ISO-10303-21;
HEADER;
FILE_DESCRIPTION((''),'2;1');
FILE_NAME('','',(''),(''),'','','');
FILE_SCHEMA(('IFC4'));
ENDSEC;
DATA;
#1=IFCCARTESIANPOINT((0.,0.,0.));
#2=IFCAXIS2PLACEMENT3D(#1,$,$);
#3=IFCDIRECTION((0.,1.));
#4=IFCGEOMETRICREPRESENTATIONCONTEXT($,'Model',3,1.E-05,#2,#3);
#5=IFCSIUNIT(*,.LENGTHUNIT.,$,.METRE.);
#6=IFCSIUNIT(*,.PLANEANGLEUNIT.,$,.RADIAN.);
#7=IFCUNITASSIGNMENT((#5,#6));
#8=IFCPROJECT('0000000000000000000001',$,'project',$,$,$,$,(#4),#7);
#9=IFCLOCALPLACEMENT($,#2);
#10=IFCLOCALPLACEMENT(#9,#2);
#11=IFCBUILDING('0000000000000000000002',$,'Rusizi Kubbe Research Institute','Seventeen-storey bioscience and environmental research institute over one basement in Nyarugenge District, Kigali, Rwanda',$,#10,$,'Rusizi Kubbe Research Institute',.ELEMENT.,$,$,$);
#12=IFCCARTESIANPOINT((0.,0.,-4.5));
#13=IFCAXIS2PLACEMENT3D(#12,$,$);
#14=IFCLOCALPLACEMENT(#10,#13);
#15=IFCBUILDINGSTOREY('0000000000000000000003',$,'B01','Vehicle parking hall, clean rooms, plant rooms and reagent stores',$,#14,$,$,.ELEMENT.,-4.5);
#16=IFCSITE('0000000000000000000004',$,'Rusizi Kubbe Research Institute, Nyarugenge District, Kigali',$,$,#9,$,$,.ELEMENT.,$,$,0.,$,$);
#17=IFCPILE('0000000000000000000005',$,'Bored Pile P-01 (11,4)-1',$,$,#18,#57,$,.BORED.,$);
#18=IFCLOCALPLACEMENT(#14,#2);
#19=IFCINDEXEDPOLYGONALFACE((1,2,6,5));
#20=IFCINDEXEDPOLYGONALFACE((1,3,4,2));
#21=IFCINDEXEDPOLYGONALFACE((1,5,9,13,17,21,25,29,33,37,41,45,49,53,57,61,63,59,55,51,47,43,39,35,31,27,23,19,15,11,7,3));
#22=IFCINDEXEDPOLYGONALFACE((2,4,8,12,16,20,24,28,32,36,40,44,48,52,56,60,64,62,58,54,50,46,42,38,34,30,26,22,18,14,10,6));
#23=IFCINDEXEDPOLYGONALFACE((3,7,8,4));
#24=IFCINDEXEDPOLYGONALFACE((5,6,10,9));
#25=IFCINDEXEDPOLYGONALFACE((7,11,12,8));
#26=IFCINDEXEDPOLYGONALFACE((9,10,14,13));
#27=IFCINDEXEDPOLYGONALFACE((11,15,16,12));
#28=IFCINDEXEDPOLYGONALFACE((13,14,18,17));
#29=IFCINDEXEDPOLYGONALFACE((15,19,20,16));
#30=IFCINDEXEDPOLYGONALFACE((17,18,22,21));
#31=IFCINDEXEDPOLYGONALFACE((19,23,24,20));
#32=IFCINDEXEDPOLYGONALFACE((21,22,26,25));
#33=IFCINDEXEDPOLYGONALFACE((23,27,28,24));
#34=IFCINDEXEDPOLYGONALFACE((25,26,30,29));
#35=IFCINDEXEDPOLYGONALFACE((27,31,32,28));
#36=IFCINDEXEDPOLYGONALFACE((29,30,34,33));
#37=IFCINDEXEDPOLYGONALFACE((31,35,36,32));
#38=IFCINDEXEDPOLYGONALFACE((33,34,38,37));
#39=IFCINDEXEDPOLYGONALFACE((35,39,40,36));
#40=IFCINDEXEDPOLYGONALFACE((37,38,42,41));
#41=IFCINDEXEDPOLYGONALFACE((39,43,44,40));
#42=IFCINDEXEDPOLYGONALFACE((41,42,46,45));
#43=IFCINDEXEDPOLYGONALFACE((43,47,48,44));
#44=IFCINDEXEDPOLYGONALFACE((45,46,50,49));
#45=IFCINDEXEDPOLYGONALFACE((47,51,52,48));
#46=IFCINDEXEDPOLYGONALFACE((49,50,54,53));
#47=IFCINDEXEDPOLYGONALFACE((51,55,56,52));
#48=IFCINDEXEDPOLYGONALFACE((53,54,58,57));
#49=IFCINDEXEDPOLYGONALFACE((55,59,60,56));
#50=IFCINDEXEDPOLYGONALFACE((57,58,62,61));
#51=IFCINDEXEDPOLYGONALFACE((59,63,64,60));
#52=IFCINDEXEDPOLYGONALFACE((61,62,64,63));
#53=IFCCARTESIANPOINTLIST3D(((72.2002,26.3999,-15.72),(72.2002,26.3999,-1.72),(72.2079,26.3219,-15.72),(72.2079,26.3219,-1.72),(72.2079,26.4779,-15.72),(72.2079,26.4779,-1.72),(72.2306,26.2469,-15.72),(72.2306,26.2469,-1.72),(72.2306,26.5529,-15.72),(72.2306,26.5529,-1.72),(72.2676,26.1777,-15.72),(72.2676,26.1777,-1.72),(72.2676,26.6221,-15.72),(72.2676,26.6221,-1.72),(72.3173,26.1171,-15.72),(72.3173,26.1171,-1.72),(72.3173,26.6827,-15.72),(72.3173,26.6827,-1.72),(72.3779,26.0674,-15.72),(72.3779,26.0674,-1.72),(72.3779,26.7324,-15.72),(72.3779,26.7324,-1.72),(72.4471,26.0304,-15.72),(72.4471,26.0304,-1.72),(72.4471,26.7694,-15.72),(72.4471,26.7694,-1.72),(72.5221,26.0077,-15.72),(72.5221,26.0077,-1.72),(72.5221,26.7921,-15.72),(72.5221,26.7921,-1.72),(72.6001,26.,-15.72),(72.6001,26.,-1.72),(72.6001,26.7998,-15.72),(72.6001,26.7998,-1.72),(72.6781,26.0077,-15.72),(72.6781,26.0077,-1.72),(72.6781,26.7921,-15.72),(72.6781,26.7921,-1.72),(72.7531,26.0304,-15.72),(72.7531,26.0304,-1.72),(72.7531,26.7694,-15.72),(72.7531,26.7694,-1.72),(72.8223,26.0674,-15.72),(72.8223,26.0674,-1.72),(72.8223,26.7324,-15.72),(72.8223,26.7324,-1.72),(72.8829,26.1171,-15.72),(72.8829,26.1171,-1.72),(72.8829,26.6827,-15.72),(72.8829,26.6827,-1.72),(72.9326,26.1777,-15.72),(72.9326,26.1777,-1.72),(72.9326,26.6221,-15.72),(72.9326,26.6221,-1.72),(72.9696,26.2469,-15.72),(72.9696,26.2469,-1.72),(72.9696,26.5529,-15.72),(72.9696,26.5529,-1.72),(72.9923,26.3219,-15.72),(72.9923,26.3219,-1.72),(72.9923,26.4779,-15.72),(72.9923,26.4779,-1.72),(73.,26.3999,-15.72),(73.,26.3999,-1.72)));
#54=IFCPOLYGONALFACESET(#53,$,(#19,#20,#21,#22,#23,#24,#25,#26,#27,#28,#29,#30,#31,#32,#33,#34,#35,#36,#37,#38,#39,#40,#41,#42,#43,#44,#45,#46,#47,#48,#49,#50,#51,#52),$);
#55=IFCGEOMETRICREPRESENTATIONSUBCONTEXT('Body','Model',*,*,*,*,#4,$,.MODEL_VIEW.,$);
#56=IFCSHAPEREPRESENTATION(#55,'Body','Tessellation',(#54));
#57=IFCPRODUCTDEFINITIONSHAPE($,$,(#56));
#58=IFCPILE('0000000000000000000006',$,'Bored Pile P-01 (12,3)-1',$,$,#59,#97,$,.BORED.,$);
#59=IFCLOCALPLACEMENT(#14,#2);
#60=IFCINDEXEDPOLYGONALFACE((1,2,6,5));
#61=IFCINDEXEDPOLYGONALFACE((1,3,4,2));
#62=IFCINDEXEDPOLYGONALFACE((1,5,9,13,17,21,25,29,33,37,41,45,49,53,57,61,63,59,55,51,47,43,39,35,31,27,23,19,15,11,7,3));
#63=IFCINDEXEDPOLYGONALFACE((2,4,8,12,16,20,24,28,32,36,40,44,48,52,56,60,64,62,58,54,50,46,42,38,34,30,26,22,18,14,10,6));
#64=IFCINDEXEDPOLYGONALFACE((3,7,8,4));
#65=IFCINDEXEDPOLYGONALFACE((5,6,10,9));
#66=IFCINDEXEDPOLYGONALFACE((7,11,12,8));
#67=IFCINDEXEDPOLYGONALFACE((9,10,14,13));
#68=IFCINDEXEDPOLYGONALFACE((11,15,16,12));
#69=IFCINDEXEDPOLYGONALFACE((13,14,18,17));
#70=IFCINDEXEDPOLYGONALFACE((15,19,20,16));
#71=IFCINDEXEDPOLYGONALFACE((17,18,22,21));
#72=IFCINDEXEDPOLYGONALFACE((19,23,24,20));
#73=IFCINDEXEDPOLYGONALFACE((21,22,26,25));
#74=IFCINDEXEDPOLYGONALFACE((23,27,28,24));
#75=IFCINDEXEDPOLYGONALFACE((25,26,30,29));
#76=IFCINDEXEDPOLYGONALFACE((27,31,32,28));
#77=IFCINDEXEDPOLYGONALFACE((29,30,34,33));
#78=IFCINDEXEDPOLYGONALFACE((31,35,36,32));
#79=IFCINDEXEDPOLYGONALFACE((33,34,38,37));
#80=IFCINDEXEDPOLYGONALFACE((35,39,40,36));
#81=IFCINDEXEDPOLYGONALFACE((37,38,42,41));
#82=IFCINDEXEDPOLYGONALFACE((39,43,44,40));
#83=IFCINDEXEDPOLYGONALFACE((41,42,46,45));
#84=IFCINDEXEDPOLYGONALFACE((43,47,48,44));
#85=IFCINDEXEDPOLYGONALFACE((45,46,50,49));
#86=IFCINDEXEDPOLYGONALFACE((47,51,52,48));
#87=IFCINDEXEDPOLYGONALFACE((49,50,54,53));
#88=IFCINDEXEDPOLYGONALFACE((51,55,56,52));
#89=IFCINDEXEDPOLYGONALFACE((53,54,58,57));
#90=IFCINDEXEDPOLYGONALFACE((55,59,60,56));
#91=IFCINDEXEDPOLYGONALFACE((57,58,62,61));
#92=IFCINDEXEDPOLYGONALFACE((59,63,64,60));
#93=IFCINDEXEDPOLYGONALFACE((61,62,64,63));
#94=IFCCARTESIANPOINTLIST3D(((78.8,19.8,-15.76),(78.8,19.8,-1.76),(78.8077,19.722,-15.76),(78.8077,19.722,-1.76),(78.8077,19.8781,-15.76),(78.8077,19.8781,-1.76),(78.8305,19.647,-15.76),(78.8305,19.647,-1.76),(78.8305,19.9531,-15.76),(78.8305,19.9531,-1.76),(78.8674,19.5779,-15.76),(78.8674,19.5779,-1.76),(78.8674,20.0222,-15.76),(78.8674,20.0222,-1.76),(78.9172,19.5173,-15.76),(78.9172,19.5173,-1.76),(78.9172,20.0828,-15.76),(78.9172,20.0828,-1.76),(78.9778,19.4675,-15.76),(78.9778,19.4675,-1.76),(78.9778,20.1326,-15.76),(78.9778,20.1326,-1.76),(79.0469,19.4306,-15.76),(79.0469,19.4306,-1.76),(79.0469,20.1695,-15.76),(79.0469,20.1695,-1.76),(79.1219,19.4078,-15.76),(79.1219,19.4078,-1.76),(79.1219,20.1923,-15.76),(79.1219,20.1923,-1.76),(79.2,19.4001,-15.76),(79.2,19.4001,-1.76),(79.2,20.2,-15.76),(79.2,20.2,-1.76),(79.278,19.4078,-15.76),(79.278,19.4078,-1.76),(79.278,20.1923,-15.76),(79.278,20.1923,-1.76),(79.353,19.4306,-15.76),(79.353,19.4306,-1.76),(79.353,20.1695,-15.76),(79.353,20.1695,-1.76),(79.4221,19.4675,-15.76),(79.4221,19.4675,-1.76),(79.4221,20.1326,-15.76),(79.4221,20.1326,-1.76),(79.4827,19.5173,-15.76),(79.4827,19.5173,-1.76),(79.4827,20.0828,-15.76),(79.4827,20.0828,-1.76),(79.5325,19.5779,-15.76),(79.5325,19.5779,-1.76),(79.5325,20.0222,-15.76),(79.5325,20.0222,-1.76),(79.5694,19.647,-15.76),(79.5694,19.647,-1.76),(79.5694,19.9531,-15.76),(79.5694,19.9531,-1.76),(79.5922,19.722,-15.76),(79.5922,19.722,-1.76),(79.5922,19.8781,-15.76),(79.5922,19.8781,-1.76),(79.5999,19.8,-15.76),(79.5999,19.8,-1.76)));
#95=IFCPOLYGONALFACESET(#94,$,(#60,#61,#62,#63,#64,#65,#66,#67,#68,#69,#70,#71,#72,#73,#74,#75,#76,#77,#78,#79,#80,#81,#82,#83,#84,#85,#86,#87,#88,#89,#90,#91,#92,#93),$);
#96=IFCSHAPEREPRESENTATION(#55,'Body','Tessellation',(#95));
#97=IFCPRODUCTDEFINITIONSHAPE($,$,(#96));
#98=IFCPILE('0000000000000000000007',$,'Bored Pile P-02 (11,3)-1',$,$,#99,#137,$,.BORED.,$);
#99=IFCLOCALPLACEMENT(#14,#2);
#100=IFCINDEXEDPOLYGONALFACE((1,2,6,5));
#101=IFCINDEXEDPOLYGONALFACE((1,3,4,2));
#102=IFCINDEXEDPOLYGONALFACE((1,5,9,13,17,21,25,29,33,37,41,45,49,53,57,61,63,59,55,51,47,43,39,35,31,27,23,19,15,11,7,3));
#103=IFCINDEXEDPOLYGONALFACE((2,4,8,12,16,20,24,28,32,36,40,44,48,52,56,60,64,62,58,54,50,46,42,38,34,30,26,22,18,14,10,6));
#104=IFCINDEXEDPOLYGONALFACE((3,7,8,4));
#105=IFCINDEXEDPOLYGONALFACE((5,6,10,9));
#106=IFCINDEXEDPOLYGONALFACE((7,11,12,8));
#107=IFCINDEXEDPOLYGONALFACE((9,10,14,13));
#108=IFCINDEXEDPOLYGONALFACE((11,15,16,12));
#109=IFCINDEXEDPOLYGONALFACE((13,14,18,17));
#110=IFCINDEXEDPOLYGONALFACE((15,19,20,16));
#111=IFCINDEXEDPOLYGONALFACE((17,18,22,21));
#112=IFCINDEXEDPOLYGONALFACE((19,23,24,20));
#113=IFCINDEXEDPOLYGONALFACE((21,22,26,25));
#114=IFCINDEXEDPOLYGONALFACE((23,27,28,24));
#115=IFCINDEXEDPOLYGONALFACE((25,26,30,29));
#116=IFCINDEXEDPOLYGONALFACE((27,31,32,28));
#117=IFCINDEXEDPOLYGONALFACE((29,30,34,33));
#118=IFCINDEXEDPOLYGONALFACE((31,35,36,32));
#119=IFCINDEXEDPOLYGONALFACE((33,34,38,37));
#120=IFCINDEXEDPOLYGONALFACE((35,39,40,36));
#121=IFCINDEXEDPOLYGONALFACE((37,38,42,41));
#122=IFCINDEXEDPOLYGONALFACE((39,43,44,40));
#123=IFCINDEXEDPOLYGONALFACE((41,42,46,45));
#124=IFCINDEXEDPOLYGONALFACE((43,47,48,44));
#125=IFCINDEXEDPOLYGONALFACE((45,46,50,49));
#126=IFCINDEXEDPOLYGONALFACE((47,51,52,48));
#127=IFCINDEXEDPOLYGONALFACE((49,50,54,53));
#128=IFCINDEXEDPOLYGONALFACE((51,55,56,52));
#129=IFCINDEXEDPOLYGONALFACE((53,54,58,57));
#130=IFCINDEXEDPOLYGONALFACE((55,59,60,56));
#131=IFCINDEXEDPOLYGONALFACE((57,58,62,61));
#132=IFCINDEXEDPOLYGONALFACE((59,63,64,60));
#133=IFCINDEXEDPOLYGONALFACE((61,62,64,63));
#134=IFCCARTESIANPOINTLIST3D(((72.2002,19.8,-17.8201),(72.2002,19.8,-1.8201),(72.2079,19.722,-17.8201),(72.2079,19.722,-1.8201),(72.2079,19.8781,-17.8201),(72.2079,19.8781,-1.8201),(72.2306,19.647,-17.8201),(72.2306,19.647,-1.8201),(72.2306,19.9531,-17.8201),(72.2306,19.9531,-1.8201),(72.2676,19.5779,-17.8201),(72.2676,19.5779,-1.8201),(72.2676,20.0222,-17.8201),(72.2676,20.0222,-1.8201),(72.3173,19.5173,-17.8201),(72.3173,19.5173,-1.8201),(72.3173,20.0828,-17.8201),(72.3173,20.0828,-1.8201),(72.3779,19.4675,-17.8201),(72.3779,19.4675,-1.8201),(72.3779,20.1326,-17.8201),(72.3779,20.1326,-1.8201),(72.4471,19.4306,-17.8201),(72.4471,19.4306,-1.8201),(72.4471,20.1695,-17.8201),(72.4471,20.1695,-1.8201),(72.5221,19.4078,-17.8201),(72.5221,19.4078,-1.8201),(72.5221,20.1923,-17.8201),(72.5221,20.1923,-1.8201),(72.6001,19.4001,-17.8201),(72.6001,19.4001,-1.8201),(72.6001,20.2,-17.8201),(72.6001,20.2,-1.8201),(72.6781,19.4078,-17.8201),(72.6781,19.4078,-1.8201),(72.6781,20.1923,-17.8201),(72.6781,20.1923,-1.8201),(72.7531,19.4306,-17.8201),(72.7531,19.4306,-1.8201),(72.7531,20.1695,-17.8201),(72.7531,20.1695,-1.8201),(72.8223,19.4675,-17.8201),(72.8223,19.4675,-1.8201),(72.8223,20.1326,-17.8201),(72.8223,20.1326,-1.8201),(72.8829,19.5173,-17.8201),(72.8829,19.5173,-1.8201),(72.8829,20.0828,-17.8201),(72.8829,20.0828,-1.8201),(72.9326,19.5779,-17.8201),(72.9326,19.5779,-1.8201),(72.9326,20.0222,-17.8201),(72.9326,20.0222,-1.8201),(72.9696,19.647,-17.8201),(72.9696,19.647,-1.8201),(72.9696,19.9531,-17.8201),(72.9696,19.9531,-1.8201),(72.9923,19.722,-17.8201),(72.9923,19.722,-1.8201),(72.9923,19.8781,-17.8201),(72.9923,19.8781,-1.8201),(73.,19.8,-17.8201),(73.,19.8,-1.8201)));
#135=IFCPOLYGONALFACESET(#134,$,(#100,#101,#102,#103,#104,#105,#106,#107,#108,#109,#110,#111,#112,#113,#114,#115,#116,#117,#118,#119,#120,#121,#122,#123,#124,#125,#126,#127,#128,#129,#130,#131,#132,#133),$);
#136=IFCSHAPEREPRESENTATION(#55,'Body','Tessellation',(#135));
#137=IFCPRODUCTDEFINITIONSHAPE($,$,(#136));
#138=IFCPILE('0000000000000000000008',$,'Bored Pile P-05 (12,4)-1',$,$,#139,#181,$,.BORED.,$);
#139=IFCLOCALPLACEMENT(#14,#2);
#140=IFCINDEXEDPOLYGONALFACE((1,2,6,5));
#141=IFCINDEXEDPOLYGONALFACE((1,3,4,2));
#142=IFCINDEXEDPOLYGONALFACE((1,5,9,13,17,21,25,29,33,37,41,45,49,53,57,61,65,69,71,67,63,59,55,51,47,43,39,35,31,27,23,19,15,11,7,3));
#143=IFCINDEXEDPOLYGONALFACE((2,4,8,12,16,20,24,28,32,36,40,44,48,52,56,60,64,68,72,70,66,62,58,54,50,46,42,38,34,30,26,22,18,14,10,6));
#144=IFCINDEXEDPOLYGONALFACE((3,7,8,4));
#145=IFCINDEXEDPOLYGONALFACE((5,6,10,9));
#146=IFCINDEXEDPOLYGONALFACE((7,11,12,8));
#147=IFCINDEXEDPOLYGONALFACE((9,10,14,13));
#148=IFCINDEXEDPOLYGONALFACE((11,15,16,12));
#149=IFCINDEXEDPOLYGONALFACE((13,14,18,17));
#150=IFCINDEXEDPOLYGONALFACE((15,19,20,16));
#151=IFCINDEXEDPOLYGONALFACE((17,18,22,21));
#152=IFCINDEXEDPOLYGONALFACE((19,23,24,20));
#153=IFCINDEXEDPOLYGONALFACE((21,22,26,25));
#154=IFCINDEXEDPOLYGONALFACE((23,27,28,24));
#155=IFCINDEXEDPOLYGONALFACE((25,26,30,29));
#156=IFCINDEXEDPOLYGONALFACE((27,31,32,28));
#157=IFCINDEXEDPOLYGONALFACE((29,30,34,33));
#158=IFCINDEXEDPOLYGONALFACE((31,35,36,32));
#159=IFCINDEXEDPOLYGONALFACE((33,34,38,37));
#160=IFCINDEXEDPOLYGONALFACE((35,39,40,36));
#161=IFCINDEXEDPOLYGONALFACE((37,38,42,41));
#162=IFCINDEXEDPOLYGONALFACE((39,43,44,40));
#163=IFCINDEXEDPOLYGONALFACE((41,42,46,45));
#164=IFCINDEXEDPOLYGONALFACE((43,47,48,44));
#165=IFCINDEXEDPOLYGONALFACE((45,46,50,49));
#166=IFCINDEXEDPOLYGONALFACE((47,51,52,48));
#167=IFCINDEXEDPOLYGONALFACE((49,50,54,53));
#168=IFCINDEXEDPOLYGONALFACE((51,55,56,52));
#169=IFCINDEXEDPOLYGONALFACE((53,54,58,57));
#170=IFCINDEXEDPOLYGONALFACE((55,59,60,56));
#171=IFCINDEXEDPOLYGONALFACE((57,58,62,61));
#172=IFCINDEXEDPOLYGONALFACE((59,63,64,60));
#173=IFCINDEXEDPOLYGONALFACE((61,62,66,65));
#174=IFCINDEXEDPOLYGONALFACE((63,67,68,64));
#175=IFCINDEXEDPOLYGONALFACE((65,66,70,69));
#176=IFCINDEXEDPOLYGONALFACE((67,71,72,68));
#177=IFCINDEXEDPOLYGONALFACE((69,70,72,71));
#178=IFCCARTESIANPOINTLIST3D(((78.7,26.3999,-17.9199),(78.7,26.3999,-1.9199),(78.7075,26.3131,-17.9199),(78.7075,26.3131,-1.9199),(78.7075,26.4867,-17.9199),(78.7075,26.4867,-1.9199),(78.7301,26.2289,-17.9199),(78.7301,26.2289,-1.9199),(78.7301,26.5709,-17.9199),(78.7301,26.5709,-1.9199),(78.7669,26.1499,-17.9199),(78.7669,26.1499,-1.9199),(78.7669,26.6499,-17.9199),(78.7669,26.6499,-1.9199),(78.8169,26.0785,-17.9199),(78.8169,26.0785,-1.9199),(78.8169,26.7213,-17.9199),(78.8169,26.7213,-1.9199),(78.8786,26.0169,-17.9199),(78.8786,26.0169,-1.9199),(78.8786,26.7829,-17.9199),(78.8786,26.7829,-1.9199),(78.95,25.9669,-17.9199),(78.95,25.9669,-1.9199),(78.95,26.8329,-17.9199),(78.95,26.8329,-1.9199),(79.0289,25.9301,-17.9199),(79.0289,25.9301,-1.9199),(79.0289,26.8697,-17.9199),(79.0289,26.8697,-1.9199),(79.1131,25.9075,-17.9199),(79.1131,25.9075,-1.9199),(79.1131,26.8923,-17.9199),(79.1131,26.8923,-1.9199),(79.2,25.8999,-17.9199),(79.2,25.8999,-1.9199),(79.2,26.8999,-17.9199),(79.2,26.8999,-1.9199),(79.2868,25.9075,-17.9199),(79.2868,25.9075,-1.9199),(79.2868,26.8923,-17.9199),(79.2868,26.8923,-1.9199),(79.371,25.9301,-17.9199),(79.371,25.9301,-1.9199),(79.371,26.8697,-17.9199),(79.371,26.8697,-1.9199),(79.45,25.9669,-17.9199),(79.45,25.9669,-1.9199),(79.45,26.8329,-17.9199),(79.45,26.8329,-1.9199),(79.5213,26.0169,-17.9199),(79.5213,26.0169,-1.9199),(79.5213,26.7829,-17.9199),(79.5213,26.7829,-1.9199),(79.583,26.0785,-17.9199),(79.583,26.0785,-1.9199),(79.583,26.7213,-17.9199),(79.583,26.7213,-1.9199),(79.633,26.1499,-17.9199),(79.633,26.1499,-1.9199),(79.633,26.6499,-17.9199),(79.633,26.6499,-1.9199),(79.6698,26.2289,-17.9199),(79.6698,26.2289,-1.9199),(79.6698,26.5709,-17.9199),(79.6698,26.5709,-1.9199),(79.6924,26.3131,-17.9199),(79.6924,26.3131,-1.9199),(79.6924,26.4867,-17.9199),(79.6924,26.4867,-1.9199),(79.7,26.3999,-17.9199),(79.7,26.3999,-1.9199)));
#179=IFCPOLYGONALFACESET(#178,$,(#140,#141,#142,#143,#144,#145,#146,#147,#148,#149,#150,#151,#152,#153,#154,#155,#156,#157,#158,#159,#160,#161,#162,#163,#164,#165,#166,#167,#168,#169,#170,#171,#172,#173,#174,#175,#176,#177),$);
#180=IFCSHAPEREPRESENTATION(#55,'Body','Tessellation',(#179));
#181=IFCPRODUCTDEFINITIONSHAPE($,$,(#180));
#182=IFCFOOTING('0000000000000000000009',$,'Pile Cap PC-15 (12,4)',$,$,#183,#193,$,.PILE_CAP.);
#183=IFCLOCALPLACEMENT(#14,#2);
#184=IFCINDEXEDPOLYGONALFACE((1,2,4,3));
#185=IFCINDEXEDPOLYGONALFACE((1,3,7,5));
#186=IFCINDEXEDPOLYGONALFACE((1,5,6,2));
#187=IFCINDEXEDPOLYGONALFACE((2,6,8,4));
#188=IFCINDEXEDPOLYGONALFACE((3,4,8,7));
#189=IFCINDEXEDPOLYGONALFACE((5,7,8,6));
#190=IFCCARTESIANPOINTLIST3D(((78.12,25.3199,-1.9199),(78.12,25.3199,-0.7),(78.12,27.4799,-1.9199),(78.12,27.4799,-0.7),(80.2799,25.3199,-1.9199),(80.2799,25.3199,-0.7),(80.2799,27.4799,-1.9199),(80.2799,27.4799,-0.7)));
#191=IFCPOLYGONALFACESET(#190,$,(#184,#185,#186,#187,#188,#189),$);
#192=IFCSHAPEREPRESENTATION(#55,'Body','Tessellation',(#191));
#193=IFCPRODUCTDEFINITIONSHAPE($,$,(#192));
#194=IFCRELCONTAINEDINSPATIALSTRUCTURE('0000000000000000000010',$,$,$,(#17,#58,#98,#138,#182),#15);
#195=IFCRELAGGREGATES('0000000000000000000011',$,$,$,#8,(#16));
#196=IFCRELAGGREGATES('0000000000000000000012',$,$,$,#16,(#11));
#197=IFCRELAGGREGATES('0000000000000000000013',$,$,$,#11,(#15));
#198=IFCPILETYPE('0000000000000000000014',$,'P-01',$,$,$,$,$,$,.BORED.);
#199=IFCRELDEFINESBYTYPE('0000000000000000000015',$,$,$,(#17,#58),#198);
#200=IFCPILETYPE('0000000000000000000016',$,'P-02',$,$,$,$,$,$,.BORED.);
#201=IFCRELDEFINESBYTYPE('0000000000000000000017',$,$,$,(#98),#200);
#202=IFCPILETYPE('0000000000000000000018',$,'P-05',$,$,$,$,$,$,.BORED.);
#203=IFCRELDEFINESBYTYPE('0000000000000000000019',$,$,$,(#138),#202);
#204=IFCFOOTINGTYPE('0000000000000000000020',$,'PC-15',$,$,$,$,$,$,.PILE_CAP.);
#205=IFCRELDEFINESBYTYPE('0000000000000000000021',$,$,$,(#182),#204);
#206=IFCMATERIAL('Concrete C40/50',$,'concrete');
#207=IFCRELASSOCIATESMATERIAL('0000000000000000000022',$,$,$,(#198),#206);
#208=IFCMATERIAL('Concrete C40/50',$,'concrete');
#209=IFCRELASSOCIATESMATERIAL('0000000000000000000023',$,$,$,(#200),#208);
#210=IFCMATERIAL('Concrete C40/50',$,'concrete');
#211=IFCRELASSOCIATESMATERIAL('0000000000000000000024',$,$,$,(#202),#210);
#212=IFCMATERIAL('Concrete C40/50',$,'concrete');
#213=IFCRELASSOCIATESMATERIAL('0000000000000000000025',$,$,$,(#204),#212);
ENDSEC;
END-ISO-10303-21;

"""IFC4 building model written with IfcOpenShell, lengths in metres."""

from ifc_helpers import new_model, si_unit, direction, frame, origin, origin_2d, place, context, subcontext, project, spatial, rectangle, circle, extrude, material, material_profile, profile_set, type_object, element, save


model = new_model("IFC4")

# Units and contexts
model_context = context("Model", 3, precision=1e-05, world=origin(), true_north=direction((0.0, 1.0)))
body_context = subcontext(model_context, "Body", "Model", "MODEL_VIEW")
ifc_project = project(units=[si_unit("LENGTHUNIT", "METRE"), si_unit("PLANEANGLEUNIT", "RADIAN")], contexts=[model_context])

# Site, building, storey
site_placement = place(None, origin())
site = spatial("IfcSite", under=ifc_project, at=site_placement, Name="Rusizi Kubbe Research Institute, Nyarugenge District, Kigali", CompositionType="ELEMENT", RefElevation=0.0)
building_placement = place(site_placement, origin())
building = spatial("IfcBuilding", under=site, at=building_placement, Name="Rusizi Kubbe Research Institute", Description="Seventeen-storey bioscience and environmental research institute over one basement in Nyarugenge District, Kigali, Rwanda", LongName="Rusizi Kubbe Research Institute", CompositionType="ELEMENT")
storey_placement = place(building_placement, frame((0.0, 0.0, -4.5)))
storey = spatial("IfcBuildingStorey", under=building, at=storey_placement, Name="B01", Description="Vehicle parking hall, clean rooms, plant rooms and reagent stores", CompositionType="ELEMENT", Elevation=-4.5)

# Piles
ifc_material_1 = material(Name="Concrete C40/50", Category="concrete")
ifc_material_profile_1 = material_profile(ifc_material_1, circle(Radius=0.3999, at=origin_2d()), Name="PILE-D800")
ifc_profile_set_1 = profile_set([ifc_material_profile_1], Name="Concrete C40/50")
pile_type_1 = type_object("IfcPileType", Name="P-01", PredefinedType="BORED", material=ifc_profile_set_1)
for number, where, z_axis, x_axis, name in (
    (1, (72.6001, 26.3999, -1.72), (0.0, 0.0, -1.0), (1.0, 0.0, 0.0), "Bored Pile P-01 (11,4)-1"),
    (2, (79.2, 19.8, -1.76), (0.0, 0.0, -1.0), (1.0, 0.0, 0.0), "Bored Pile P-01 (12,3)-1"),
):
    element("IfcPile", number, at=place(storey_placement, frame(where, z_axis=z_axis, x_axis=x_axis)), inside=storey, type_object=pile_type_1, Name=name, PredefinedType="BORED", context=body_context, shape_type="SweptSolid", body=[
        extrude(circle(Radius=0.3999, at=origin_2d()), origin(), (0.0, 0.0, 1.0), 14.0),
    ])
ifc_material_2 = material(Name="Concrete C40/50", Category="concrete")
ifc_material_profile_2 = material_profile(ifc_material_2, circle(Radius=0.3999, at=origin_2d()), Name="PILE-D800")
ifc_profile_set_2 = profile_set([ifc_material_profile_2], Name="Concrete C40/50")
pile_type_2 = type_object("IfcPileType", Name="P-02", PredefinedType="BORED", material=ifc_profile_set_2)
pile_1_placement = place(storey_placement, frame((72.6001, 19.8, -1.8201), z_axis=(0.0, 0.0, -1.0), x_axis=(1.0, 0.0, 0.0)))
element("IfcPile", 3, at=pile_1_placement, inside=storey, type_object=pile_type_2, Name="Bored Pile P-02 (11,3)-1", PredefinedType="BORED", context=body_context, shape_type="SweptSolid", body=[
    extrude(circle(Radius=0.3999, at=origin_2d()), origin(), (0.0, 0.0, 1.0), 16.0),
])
ifc_material_3 = material(Name="Concrete C40/50", Category="concrete")
ifc_material_profile_3 = material_profile(ifc_material_3, circle(Radius=0.5, at=origin_2d()), Name="PILE-D1000")
ifc_profile_set_3 = profile_set([ifc_material_profile_3], Name="Concrete C40/50")
pile_type_3 = type_object("IfcPileType", Name="P-05", PredefinedType="BORED", material=ifc_profile_set_3)
pile_2_placement = place(storey_placement, frame((79.2, 26.3999, -1.9199), z_axis=(0.0, 0.0, -1.0), x_axis=(1.0, 0.0, 0.0)))
element("IfcPile", 4, at=pile_2_placement, inside=storey, type_object=pile_type_3, Name="Bored Pile P-05 (12,4)-1", PredefinedType="BORED", context=body_context, shape_type="SweptSolid", body=[
    extrude(circle(Radius=0.5, at=origin_2d()), origin(), (0.0, 0.0, 1.0), 16.0),
])

# Footing
ifc_material_4 = material(Name="Concrete C40/50", Category="concrete")
footing_type_1 = type_object("IfcFootingType", Name="PC-15", PredefinedType="PILE_CAP", material=ifc_material_4)
footing_1_placement = place(storey_placement, frame((79.2, 26.3999, -1.9199), z_axis=(0.0, 0.0, 1.0), x_axis=(1.0, 0.0, 0.0)))
element("IfcFooting", 5, at=footing_1_placement, inside=storey, type_object=footing_type_1, Name="Pile Cap PC-15 (12,4)", PredefinedType="PILE_CAP", context=body_context, shape_type="SweptSolid", body=[
    extrude(rectangle(XDim=2.1599, YDim=2.1599, at=origin_2d()), origin(), (0.0, 0.0, 1.0), 1.22),
])

save(model, "model.ifc")
